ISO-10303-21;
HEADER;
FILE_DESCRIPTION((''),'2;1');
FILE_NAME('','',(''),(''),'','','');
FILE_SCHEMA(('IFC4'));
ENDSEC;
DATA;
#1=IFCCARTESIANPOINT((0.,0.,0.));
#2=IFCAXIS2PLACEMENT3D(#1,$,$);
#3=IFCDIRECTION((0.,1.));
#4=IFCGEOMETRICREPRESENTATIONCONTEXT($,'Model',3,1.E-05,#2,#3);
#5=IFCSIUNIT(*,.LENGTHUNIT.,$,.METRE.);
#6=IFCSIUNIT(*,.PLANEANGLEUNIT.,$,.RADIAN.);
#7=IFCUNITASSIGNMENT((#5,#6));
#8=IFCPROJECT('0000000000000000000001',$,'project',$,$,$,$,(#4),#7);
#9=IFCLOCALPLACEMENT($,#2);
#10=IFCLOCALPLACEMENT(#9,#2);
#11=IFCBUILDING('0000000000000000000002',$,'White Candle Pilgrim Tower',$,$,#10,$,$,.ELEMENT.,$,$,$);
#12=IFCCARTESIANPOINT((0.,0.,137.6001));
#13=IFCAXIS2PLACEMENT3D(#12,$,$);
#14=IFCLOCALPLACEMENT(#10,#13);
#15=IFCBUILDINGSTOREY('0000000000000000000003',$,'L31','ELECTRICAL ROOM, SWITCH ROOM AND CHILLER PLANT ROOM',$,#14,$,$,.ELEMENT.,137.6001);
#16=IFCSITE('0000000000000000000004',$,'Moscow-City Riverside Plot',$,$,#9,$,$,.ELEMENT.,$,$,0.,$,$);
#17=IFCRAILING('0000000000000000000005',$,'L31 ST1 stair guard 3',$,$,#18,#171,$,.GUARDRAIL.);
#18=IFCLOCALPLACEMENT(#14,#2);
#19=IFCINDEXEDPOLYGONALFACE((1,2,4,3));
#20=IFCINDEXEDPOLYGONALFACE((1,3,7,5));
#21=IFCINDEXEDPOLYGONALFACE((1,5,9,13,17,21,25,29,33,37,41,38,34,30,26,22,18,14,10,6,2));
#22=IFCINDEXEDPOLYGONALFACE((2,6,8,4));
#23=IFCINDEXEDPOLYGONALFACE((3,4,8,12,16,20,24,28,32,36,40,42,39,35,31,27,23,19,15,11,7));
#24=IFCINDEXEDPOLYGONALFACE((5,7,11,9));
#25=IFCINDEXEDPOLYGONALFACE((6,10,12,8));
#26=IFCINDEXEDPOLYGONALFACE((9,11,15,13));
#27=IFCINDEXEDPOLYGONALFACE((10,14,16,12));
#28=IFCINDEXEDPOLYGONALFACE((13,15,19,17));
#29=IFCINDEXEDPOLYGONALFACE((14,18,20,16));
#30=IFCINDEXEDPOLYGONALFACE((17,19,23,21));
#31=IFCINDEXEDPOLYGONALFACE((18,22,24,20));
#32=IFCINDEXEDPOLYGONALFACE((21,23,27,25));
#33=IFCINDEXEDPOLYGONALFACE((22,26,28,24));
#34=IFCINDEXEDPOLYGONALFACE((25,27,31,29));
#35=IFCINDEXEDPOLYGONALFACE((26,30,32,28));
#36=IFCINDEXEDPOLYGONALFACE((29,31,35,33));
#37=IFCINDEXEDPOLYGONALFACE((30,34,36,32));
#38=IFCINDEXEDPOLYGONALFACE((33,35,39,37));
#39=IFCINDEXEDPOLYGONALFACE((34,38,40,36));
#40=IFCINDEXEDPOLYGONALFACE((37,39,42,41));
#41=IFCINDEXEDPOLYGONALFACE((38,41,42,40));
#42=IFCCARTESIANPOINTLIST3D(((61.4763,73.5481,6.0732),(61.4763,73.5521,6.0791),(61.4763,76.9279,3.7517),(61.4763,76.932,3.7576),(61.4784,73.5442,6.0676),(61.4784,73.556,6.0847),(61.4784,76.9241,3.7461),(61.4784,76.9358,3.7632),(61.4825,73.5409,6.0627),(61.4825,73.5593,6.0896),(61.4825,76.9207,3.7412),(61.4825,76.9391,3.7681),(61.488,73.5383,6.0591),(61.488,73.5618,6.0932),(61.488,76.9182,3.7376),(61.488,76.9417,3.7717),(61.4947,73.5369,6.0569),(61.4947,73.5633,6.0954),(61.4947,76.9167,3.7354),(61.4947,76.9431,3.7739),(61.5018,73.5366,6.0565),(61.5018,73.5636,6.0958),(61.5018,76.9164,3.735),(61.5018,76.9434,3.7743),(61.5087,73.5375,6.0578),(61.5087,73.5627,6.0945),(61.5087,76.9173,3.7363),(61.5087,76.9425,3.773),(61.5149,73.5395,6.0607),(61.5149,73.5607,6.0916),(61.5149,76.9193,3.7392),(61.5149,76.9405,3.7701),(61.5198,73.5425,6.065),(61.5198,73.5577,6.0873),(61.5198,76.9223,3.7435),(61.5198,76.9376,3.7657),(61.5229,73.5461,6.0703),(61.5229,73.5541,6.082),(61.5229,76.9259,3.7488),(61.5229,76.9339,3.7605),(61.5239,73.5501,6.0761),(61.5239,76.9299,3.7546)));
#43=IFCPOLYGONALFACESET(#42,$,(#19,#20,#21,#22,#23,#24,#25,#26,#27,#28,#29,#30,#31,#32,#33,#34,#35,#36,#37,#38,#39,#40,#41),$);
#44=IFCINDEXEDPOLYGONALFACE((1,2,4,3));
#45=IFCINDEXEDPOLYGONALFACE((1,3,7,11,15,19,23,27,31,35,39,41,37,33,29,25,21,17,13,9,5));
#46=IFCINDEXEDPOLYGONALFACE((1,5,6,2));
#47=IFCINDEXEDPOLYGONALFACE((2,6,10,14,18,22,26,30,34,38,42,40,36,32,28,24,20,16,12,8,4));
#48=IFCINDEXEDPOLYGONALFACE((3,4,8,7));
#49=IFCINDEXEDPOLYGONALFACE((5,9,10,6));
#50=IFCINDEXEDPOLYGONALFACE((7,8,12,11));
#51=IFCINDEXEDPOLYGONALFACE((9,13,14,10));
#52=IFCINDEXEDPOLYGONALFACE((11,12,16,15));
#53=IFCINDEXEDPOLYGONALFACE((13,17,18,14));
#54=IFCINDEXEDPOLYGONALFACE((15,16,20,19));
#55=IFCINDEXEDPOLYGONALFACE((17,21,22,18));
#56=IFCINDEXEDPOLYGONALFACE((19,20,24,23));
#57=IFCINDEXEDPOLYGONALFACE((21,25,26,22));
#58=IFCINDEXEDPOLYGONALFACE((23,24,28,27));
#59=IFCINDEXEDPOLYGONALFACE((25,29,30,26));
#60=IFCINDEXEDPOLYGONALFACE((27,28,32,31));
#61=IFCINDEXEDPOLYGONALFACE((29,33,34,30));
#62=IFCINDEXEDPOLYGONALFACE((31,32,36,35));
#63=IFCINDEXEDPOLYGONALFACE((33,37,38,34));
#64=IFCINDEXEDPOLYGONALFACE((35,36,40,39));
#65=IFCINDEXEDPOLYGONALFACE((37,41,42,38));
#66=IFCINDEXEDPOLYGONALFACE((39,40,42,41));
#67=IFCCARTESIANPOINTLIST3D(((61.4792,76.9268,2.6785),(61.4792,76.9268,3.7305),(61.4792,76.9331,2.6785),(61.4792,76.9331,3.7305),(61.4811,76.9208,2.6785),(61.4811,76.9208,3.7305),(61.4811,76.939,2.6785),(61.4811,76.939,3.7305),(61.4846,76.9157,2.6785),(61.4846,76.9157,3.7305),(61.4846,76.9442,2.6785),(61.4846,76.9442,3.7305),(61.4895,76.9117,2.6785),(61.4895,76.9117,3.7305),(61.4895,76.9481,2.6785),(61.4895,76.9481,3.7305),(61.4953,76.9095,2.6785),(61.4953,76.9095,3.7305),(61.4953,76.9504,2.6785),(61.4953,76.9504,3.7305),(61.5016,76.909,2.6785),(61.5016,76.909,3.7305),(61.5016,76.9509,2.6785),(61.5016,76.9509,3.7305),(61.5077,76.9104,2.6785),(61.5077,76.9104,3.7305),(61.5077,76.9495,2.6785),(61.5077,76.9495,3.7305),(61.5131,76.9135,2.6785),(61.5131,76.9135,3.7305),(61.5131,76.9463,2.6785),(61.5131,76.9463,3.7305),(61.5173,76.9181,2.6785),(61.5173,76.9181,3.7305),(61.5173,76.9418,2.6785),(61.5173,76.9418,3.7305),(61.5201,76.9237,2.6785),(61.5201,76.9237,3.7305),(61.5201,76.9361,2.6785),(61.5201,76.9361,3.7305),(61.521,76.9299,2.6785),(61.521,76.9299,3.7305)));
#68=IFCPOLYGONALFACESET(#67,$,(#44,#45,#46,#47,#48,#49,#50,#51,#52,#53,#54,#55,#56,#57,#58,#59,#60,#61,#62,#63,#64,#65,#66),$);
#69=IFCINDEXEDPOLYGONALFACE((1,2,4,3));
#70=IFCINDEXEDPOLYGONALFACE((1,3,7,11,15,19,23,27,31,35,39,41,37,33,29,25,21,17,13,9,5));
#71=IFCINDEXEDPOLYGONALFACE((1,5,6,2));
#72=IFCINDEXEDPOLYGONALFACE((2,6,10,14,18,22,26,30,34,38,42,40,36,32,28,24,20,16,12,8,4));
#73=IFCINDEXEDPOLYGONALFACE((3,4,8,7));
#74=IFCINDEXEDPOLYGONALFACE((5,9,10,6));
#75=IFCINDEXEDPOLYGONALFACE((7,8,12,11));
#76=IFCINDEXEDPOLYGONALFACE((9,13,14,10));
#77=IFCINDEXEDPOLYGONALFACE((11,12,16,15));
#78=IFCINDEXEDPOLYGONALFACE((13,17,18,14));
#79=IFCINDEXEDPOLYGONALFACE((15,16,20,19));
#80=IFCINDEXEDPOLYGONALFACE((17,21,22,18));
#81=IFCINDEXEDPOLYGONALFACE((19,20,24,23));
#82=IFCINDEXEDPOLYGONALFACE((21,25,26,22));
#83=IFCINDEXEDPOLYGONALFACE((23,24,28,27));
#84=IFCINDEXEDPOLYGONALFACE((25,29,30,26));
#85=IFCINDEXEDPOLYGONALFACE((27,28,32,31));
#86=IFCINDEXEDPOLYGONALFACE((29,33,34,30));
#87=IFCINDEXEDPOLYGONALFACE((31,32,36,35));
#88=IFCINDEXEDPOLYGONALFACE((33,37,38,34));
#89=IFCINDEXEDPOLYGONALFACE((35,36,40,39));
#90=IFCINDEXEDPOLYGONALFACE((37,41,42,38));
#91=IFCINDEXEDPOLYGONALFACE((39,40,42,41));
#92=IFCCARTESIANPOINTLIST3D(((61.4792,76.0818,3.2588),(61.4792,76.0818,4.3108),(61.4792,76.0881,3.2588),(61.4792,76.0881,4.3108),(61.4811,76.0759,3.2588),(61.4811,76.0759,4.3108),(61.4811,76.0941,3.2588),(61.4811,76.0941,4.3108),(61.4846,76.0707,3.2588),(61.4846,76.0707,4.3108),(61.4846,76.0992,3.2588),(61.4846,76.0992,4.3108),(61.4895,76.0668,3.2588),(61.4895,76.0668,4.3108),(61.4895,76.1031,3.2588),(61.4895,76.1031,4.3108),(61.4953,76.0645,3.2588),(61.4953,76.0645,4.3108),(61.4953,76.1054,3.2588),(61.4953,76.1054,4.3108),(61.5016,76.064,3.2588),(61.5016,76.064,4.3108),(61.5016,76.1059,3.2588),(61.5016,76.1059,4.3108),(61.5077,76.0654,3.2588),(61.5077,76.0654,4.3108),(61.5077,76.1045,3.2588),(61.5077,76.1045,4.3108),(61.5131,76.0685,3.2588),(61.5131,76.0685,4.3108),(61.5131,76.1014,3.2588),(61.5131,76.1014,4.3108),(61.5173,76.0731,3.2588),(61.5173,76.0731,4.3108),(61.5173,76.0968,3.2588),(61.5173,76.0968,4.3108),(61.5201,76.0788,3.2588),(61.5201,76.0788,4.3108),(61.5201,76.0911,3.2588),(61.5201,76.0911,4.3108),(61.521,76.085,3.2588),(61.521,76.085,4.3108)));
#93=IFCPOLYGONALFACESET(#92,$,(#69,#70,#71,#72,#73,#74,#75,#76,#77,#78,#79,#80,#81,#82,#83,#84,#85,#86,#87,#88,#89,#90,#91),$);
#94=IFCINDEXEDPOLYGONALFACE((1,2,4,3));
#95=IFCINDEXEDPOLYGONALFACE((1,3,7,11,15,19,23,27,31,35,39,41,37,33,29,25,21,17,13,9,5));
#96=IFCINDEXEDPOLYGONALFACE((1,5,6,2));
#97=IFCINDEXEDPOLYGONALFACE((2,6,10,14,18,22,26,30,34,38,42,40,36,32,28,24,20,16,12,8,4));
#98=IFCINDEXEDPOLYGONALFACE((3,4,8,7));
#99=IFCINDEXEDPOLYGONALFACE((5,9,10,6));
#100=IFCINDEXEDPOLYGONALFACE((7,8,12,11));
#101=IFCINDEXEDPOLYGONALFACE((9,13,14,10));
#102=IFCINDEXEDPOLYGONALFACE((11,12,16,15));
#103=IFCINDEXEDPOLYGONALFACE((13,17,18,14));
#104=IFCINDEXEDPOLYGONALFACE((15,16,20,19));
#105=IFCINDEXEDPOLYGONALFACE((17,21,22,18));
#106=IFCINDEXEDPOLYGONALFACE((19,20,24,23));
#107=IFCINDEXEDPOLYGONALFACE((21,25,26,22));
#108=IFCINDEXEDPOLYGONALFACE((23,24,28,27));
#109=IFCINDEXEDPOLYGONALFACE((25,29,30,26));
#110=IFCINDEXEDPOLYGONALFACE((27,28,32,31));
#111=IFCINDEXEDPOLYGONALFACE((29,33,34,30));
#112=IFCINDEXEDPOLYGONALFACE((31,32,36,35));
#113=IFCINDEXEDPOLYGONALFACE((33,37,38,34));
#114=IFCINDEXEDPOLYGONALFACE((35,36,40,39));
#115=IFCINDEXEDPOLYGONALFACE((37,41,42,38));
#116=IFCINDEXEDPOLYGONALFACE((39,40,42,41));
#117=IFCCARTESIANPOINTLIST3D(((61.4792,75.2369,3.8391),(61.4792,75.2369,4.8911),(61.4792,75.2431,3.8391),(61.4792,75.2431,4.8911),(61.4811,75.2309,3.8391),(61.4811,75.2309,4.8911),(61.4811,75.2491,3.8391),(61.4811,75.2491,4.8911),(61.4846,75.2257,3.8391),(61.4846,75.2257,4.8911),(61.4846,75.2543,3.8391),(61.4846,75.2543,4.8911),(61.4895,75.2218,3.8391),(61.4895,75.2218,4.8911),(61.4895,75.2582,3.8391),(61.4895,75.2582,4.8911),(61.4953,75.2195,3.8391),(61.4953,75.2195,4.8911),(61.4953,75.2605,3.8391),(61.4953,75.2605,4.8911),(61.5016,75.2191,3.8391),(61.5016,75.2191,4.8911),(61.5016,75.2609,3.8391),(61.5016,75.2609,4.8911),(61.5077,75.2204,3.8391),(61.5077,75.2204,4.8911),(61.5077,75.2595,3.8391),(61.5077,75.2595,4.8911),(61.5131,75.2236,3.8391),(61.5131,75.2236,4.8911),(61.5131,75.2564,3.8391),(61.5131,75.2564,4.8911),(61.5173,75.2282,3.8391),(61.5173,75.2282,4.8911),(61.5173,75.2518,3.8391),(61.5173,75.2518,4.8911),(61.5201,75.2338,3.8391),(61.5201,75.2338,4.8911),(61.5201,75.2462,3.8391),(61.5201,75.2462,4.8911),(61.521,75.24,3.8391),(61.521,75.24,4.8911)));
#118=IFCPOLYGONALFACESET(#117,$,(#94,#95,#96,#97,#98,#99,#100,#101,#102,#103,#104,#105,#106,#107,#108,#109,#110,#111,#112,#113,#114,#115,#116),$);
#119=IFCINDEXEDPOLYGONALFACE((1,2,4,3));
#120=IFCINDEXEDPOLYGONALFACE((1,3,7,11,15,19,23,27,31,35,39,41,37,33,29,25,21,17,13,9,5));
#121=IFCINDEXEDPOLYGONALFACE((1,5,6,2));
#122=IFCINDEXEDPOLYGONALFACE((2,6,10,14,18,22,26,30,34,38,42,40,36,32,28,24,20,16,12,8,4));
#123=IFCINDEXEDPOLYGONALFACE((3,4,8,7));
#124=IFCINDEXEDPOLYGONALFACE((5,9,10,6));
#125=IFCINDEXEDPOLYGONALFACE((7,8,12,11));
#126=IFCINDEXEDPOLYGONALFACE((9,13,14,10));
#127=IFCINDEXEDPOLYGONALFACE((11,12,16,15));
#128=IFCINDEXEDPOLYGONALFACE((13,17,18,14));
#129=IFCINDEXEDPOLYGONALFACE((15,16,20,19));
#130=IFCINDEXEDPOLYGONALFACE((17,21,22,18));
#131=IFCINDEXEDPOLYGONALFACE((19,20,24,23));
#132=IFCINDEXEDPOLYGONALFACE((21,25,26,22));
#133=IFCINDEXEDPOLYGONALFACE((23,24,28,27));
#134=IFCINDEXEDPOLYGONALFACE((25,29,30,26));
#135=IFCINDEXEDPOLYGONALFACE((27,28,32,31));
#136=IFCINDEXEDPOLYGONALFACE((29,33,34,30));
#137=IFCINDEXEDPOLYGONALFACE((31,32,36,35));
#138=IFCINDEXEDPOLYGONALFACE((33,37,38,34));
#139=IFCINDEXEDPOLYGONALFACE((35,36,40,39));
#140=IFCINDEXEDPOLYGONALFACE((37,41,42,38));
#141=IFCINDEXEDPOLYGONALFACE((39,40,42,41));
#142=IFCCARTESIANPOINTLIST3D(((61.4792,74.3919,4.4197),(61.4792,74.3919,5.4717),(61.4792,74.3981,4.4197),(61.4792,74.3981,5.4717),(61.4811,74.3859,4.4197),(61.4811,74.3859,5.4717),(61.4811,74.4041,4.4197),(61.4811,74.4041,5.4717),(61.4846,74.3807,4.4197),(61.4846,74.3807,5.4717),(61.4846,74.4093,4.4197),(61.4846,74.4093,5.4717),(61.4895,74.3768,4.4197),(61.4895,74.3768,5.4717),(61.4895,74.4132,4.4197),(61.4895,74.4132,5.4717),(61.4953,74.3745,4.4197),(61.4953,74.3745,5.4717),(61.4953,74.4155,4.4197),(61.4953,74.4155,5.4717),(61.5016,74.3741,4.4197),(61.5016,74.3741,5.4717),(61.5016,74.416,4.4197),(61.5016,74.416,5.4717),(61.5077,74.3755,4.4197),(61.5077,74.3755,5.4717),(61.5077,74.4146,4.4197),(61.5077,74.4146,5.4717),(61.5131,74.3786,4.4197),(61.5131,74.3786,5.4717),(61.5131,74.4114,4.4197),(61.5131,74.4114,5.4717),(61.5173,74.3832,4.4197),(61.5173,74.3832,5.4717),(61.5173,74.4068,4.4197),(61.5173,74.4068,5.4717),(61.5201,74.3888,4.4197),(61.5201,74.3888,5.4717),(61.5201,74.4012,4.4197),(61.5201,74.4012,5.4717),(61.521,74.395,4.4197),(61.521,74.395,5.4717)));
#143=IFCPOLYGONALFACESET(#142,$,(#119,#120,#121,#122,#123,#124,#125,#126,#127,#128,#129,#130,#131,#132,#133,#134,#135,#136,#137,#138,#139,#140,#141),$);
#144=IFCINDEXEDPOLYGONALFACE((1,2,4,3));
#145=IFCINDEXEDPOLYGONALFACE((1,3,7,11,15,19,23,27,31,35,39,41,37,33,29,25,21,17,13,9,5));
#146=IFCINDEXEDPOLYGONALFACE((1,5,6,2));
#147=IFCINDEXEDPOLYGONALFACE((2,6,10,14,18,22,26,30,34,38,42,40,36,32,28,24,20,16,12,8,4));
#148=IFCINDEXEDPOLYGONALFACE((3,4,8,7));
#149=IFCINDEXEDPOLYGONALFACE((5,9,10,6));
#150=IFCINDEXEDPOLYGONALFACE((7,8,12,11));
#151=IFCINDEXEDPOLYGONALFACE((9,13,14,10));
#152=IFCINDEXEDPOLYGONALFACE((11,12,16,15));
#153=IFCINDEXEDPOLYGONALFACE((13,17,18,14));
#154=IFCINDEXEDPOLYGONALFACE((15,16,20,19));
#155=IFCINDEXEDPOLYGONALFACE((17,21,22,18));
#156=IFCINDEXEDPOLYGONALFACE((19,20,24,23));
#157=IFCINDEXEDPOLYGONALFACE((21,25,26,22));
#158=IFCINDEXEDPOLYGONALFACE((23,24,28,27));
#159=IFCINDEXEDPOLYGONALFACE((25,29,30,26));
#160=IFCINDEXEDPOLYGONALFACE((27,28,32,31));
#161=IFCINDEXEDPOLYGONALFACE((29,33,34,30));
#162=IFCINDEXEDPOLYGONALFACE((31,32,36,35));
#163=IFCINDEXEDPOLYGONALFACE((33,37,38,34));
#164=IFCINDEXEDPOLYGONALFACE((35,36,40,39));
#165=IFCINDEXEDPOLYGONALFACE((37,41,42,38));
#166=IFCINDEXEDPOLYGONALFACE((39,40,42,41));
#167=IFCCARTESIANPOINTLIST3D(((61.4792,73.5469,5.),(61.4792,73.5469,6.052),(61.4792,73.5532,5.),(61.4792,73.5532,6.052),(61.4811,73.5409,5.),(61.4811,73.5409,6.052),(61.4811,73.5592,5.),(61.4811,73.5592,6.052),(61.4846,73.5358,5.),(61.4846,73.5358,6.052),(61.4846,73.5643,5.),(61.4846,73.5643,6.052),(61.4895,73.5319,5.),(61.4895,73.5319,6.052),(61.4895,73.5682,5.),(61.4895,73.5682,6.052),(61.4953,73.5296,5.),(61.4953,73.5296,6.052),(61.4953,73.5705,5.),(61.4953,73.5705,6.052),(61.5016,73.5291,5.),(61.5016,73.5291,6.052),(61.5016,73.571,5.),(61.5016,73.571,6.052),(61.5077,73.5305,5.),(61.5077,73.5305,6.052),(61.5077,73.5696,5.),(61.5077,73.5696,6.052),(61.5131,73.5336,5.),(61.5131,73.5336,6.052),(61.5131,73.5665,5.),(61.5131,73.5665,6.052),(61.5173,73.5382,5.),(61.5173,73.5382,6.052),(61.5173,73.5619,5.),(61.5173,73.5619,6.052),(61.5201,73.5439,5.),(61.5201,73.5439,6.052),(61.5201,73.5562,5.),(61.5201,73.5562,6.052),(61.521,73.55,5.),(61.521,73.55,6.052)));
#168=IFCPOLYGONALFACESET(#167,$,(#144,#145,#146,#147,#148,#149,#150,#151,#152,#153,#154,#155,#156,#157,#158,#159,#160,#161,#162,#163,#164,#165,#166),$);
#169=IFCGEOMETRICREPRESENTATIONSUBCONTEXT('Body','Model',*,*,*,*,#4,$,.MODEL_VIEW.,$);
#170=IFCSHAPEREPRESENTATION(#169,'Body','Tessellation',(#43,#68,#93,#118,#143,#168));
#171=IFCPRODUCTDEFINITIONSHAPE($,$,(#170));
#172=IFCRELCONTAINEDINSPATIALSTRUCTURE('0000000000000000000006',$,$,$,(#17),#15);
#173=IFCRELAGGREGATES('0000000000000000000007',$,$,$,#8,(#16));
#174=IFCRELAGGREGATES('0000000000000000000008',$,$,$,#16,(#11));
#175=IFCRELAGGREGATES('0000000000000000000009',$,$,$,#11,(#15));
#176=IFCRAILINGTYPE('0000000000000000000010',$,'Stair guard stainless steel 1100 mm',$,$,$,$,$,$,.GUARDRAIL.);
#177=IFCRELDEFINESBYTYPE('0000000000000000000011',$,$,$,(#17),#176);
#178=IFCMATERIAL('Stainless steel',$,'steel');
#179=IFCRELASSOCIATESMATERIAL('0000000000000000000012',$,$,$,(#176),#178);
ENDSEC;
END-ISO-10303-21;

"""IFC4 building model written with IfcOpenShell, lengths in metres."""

from ifc_helpers import new_model, si_unit, direction, frame, origin, origin_2d, place, context, subcontext, project, spatial, circle, extrude, material, type_object, element, save


model = new_model("IFC4")

# Units and contexts
model_context = context("Model", 3, precision=1e-05, world=origin(), true_north=direction((0.0, 1.0)))
body_context = subcontext(model_context, "Body", "Model", "MODEL_VIEW")
ifc_project = project(units=[si_unit("LENGTHUNIT", "METRE"), si_unit("PLANEANGLEUNIT", "RADIAN")], contexts=[model_context])

# Site, building, storey
site_placement = place(None, origin())
site = spatial("IfcSite", under=ifc_project, at=site_placement, Name="Moscow-City Riverside Plot", CompositionType="ELEMENT", RefElevation=0.0)
building_placement = place(site_placement, origin())
building = spatial("IfcBuilding", under=site, at=building_placement, Name="White Candle Pilgrim Tower", CompositionType="ELEMENT")
storey_placement = place(building_placement, frame((0.0, 0.0, 137.6001)))
storey = spatial("IfcBuildingStorey", under=building, at=storey_placement, Name="L31", Description="ELECTRICAL ROOM, SWITCH ROOM AND CHILLER PLANT ROOM", CompositionType="ELEMENT", Elevation=137.6001)

# Shared definitions
ifc_material_1 = material(Name="Stainless steel", Category="steel")

# Railing
railing_type_1 = type_object("IfcRailingType", Name="Stair guard stainless steel 1100 mm", PredefinedType="GUARDRAIL", material=ifc_material_1)
railing_1_placement = place(storey_placement, frame((61.5, 76.9299, 2.6785)))
element("IfcRailing", 1, at=railing_1_placement, inside=storey, type_object=railing_type_1, Name="L31 ST1 stair guard 3", PredefinedType="GUARDRAIL", context=body_context, shape_type="SweptSolid", body=[
    extrude(circle(Radius=0.0239, at=origin_2d()), frame((0.0, 0.0, 1.0762), z_axis=(0.0, -0.824285, 0.566175), x_axis=(1.0, 0.0, 0.0)), (0.0, 0.0, 1.0), 4.1003),
    extrude(circle(Radius=0.021, at=origin_2d()), origin(), (0.0, 0.0, 1.0), 1.052),
    extrude(circle(Radius=0.021, at=origin_2d()), frame((0.0, -0.845, 0.5803)), (0.0, 0.0, 1.0), 1.052),
    extrude(circle(Radius=0.021, at=origin_2d()), frame((0.0, -1.6899, 1.1606)), (0.0, 0.0, 1.0), 1.052),
    extrude(circle(Radius=0.021, at=origin_2d()), frame((0.0, -2.5349, 1.7412)), (0.0, 0.0, 1.0), 1.052),
    extrude(circle(Radius=0.021, at=origin_2d()), frame((0.0, -3.3799, 2.3215)), (0.0, 0.0, 1.0), 1.052),
])

save(model, "model.ifc")
